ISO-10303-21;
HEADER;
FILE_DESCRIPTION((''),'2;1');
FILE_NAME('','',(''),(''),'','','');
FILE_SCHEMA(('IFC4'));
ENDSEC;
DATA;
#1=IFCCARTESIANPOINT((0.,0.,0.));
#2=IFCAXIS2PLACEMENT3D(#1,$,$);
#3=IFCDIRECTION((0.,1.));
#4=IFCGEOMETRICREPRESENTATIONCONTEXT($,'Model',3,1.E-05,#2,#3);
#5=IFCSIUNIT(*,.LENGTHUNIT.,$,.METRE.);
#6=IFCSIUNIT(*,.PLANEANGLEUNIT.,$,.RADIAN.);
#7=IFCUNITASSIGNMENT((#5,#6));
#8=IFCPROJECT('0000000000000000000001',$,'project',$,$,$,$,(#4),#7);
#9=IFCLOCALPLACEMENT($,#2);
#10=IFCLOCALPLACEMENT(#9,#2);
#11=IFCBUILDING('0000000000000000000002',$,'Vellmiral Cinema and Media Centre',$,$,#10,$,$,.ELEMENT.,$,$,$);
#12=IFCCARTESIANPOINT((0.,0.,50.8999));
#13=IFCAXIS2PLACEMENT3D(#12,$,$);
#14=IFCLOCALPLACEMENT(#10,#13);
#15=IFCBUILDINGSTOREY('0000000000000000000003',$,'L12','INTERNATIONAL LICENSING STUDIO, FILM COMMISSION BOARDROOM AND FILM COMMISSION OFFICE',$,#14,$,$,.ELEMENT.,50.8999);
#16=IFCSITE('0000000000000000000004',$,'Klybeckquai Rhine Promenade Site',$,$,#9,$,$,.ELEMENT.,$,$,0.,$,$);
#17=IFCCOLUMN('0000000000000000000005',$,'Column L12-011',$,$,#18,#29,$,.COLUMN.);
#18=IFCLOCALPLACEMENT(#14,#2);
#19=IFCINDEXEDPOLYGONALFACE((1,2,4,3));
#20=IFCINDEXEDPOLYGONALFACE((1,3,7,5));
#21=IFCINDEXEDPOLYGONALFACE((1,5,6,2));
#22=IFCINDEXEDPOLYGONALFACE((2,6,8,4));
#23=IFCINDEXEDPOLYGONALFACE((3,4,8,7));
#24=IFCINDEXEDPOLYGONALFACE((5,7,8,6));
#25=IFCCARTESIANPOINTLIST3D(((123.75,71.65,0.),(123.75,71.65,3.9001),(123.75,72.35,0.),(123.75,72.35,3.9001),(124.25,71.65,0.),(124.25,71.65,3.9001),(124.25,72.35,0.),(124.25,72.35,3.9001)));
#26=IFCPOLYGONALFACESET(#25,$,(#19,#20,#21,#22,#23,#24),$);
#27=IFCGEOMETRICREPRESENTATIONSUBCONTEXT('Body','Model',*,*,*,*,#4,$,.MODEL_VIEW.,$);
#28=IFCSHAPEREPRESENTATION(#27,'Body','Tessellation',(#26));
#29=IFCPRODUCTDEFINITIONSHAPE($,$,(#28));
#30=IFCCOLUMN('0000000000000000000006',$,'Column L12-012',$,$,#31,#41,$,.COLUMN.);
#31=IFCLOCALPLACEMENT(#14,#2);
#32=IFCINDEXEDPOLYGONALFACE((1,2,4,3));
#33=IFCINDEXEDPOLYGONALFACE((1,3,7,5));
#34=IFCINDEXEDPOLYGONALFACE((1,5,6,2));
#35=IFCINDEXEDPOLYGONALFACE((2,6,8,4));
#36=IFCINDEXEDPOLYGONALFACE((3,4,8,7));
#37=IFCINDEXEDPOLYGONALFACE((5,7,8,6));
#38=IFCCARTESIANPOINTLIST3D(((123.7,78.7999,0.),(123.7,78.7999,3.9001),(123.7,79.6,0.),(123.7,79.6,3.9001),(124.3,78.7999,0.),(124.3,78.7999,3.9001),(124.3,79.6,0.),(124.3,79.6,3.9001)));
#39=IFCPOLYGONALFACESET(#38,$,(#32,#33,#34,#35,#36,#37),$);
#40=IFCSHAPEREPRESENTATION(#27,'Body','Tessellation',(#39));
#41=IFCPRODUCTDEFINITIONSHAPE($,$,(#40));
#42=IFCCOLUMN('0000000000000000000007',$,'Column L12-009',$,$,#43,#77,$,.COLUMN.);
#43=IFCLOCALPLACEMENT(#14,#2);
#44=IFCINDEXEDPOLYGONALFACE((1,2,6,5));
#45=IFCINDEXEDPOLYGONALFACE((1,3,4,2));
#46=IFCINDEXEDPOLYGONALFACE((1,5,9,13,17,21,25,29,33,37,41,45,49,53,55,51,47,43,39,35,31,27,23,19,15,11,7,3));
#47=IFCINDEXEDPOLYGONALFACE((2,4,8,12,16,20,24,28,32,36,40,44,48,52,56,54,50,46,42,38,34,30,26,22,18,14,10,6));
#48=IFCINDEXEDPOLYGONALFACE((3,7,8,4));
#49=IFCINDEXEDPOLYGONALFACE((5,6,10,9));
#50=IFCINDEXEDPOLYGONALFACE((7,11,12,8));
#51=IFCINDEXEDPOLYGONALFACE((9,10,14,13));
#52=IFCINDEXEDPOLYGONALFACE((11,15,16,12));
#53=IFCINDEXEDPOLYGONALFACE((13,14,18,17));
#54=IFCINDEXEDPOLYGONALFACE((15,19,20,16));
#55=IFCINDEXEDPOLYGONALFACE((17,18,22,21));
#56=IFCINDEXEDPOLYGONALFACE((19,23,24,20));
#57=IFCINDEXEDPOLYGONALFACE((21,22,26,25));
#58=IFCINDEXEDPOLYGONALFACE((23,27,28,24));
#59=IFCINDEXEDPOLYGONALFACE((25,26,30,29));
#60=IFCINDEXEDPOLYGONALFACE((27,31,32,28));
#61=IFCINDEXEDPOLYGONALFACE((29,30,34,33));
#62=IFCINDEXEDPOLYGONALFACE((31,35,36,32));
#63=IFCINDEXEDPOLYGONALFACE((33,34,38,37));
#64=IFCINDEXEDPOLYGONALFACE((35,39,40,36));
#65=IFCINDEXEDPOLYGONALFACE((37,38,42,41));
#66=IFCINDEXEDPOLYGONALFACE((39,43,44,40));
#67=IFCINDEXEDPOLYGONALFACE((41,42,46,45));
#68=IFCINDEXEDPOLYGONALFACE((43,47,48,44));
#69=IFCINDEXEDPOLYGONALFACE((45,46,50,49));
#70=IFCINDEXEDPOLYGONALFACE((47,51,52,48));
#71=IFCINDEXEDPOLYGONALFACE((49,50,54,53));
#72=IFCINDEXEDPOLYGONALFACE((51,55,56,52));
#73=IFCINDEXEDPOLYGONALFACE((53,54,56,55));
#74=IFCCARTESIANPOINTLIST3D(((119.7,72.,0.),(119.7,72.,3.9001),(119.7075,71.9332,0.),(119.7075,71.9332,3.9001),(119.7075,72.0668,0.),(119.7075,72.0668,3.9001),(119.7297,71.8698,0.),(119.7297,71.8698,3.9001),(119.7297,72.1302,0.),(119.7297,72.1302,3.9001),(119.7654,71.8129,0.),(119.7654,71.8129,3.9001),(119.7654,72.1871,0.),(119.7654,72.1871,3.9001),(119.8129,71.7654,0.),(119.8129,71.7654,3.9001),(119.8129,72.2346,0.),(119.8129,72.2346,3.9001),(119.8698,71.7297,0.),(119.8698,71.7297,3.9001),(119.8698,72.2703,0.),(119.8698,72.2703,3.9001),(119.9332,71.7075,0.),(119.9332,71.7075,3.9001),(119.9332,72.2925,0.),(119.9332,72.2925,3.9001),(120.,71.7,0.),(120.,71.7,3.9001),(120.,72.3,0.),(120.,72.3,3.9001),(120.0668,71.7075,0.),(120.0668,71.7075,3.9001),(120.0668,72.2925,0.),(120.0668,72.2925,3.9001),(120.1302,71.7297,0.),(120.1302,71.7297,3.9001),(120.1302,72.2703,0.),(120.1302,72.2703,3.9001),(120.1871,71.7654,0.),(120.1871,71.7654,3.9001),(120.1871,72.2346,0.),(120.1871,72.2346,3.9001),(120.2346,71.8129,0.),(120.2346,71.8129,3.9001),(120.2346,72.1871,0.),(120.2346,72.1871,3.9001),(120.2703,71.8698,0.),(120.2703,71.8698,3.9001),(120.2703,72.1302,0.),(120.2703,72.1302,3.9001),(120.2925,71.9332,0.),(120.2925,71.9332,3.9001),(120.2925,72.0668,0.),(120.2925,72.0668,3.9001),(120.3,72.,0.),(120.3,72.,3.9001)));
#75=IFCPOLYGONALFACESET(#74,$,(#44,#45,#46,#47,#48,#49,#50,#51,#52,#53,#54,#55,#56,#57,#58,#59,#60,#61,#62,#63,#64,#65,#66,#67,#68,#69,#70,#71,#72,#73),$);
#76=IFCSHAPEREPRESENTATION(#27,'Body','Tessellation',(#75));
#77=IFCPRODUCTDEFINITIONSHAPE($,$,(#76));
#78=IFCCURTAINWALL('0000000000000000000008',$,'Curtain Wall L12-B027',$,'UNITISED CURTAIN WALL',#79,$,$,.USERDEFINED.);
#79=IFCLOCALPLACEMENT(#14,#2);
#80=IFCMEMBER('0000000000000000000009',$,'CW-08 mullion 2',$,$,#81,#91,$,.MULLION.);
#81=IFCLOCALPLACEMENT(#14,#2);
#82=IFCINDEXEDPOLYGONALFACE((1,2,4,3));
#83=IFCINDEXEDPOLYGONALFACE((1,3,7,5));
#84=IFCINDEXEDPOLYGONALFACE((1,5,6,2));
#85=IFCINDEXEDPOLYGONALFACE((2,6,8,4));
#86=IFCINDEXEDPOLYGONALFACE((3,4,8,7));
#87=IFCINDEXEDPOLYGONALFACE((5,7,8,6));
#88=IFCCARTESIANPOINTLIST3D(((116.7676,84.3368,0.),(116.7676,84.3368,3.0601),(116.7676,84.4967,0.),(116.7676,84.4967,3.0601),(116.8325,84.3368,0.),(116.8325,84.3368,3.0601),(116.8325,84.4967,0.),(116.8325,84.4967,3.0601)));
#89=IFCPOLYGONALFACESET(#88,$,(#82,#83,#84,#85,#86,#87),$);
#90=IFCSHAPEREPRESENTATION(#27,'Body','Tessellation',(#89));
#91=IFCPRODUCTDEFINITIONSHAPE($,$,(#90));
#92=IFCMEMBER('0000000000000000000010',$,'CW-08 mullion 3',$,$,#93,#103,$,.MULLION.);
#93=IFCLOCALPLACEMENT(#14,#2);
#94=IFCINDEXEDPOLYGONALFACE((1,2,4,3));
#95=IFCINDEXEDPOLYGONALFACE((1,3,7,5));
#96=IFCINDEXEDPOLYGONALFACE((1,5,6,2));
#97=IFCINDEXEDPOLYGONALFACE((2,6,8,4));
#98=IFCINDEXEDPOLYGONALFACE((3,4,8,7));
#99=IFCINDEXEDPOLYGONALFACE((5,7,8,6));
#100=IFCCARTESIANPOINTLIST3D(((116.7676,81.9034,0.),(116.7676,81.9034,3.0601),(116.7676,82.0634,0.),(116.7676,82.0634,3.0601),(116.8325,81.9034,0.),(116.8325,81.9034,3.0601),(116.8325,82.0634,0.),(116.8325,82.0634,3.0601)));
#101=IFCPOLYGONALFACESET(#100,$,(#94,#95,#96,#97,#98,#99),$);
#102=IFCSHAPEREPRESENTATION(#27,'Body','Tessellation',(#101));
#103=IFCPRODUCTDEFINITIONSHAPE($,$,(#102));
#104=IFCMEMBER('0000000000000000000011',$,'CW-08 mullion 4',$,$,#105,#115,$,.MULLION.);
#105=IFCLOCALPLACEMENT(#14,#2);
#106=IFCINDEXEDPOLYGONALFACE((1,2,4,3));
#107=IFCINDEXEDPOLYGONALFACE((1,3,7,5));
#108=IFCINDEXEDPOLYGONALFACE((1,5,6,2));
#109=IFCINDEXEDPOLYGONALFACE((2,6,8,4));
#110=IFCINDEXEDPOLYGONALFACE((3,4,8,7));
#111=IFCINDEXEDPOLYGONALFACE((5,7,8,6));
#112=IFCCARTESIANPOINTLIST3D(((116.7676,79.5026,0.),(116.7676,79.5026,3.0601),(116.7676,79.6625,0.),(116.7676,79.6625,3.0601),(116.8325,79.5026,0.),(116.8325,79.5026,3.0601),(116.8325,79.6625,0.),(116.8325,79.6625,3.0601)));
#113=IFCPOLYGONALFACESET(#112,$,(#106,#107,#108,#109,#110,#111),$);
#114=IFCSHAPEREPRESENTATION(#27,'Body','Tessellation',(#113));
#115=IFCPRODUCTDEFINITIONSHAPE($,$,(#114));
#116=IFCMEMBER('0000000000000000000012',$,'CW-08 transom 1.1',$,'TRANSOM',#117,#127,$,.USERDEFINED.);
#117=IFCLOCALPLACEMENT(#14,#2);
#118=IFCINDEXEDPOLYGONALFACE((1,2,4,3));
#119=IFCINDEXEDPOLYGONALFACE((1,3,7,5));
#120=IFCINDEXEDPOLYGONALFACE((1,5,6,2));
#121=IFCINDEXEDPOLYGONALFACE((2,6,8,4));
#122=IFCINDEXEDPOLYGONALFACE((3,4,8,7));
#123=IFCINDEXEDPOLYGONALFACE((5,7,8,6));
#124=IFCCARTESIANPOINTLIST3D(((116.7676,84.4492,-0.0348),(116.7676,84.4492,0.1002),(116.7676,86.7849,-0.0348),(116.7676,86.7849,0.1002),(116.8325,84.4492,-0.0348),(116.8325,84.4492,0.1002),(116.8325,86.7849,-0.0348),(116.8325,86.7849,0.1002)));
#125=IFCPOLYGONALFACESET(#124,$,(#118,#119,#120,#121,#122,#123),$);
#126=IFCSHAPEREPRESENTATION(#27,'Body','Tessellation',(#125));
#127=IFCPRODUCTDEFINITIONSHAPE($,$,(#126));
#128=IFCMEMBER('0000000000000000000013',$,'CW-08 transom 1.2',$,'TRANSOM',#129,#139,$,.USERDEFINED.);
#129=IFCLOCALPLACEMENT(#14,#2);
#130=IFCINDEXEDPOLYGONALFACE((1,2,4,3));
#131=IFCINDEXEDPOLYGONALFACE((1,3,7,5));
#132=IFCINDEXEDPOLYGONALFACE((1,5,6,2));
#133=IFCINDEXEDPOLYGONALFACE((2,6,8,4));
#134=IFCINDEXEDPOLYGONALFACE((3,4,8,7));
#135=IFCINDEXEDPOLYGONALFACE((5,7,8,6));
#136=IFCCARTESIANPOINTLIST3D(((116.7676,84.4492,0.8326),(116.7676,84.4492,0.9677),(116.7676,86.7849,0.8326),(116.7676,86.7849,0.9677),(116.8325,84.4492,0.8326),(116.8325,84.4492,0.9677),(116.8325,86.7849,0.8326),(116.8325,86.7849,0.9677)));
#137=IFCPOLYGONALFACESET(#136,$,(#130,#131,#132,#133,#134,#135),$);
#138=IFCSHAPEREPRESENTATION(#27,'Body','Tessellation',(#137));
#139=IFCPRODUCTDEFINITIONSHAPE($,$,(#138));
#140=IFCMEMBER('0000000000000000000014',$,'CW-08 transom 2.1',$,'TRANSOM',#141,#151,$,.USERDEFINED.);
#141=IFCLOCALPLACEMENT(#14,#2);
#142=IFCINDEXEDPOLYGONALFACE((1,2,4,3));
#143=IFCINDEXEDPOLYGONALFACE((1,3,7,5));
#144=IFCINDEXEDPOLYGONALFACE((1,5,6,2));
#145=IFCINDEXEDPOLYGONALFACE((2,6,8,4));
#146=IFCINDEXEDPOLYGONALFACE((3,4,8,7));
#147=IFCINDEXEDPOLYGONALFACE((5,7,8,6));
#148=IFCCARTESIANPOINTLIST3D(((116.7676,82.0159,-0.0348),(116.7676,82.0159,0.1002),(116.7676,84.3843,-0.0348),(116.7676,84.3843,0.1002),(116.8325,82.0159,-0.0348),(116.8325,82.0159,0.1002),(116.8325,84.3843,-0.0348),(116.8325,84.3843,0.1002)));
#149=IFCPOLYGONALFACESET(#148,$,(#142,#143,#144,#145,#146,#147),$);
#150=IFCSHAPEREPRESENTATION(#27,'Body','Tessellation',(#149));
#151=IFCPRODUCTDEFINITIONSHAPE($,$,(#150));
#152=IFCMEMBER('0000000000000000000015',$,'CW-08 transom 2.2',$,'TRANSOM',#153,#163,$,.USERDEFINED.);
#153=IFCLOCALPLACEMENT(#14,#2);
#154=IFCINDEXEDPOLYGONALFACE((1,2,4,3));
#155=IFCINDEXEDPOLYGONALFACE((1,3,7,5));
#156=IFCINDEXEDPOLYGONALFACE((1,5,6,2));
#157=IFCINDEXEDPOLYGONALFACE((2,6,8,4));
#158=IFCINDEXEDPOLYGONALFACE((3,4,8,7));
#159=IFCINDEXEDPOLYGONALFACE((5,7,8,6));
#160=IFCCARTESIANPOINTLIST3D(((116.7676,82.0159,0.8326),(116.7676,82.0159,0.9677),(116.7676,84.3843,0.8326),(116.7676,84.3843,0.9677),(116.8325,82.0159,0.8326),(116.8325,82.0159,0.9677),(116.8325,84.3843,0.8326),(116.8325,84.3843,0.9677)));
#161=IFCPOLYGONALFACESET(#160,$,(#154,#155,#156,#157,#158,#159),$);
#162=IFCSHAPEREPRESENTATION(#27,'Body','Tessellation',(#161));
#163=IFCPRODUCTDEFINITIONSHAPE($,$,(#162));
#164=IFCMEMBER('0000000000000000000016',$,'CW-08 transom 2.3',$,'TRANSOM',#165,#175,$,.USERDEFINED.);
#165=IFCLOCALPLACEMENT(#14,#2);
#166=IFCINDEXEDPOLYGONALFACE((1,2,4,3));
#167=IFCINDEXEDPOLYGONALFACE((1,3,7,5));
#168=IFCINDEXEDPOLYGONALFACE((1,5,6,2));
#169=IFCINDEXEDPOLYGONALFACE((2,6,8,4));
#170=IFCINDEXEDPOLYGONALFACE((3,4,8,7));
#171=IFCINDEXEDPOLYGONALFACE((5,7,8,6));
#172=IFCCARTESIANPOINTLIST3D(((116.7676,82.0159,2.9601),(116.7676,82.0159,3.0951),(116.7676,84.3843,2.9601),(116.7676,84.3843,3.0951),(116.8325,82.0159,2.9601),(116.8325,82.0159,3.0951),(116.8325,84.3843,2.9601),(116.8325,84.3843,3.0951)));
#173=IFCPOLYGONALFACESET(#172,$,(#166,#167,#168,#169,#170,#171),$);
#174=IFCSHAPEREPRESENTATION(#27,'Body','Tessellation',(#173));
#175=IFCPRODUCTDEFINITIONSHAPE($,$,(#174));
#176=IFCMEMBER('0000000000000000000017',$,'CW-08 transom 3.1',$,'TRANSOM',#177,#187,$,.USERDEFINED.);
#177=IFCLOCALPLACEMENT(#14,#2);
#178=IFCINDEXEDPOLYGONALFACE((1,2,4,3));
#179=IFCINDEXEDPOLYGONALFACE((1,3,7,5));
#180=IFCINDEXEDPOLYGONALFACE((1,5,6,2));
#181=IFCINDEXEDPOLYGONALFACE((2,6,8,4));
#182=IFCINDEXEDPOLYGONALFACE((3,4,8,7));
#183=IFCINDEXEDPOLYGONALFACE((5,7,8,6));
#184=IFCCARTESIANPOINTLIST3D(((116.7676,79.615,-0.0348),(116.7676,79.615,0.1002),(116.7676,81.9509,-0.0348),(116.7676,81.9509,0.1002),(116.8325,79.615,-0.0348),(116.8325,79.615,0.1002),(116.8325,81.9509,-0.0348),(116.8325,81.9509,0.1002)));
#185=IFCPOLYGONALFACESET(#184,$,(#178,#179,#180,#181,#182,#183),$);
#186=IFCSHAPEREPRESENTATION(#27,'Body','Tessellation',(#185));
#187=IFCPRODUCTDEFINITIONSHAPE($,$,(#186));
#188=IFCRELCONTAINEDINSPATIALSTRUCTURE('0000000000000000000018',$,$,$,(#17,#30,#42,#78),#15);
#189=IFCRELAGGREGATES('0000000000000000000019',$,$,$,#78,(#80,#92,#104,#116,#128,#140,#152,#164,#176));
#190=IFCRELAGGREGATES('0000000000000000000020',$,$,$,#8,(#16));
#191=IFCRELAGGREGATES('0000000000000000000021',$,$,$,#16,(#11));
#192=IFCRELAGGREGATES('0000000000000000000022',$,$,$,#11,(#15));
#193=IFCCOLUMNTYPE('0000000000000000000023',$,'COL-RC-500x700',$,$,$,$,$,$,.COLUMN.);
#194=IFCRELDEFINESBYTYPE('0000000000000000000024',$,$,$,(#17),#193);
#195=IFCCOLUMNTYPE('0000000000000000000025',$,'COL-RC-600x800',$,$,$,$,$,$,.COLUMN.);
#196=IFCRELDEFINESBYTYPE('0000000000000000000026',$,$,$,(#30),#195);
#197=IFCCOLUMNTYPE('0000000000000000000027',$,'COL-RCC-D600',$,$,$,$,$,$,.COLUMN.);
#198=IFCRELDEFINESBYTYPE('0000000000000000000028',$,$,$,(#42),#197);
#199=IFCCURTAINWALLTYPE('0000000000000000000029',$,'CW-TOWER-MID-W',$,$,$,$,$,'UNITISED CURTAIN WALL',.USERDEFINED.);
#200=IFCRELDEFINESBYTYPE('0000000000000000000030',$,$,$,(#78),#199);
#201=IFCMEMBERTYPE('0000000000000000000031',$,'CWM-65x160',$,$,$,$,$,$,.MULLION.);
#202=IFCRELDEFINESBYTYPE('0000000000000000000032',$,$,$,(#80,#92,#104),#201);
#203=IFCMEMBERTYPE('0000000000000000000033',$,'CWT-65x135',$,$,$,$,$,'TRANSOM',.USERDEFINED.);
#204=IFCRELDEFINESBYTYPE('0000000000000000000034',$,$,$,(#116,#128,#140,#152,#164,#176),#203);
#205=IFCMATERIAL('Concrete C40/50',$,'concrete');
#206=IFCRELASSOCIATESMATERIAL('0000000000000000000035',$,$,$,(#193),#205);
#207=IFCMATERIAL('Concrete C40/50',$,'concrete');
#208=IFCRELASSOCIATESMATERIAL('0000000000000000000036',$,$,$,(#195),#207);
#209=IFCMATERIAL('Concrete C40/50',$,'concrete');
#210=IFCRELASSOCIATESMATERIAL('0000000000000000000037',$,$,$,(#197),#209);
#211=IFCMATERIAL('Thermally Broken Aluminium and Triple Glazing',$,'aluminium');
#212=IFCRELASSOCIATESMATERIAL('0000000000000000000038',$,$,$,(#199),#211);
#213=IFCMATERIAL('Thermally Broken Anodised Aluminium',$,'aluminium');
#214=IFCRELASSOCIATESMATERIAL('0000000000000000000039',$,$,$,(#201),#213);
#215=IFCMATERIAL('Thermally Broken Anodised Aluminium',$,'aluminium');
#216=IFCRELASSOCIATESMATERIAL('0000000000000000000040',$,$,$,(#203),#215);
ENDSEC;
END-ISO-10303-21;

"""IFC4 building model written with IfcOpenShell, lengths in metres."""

from ifc_helpers import new_model, si_unit, direction, frame, origin, origin_2d, place, context, subcontext, project, spatial, rectangle, circle, extrude, material, material_profile, profile_set, type_object, element, aggregate, save


model = new_model("IFC4")

# Units and contexts
model_context = context("Model", 3, precision=1e-05, world=origin(), true_north=direction((0.0, 1.0)))
body_context = subcontext(model_context, "Body", "Model", "MODEL_VIEW")
ifc_project = project(units=[si_unit("LENGTHUNIT", "METRE"), si_unit("PLANEANGLEUNIT", "RADIAN")], contexts=[model_context])

# Site, building, storey
site_placement = place(None, origin())
site = spatial("IfcSite", under=ifc_project, at=site_placement, Name="Klybeckquai Rhine Promenade Site", CompositionType="ELEMENT", RefElevation=0.0)
building_placement = place(site_placement, origin())
building = spatial("IfcBuilding", under=site, at=building_placement, Name="Vellmiral Cinema and Media Centre", CompositionType="ELEMENT")
storey_placement = place(building_placement, frame((0.0, 0.0, 50.8999)))
storey = spatial("IfcBuildingStorey", under=building, at=storey_placement, Name="L12", Description="INTERNATIONAL LICENSING STUDIO, FILM COMMISSION BOARDROOM AND FILM COMMISSION OFFICE", CompositionType="ELEMENT", Elevation=50.8999)

# Columns
ifc_material_1 = material(Name="Concrete C40/50", Category="concrete")
ifc_material_profile_1 = material_profile(ifc_material_1, rectangle(XDim=0.5, YDim=0.7, at=origin_2d()), Name="RC 500x700")
ifc_profile_set_1 = profile_set([ifc_material_profile_1], Name="Concrete C40/50")
column_type_1 = type_object("IfcColumnType", Name="COL-RC-500x700", PredefinedType="COLUMN", material=ifc_profile_set_1)
column_1_placement = place(storey_placement, frame((124.0, 72.0, 0.0), z_axis=(0.0, 0.0, 1.0), x_axis=(1.0, 0.0, 0.0)))
element("IfcColumn", 1, at=column_1_placement, inside=storey, type_object=column_type_1, Name="Column L12-011", PredefinedType="COLUMN", context=body_context, shape_type="SweptSolid", body=[
    extrude(rectangle(XDim=0.5, YDim=0.7, at=origin_2d()), origin(), (0.0, 0.0, 1.0), 3.9001),
])
ifc_material_2 = material(Name="Concrete C40/50", Category="concrete")
ifc_material_profile_2 = material_profile(ifc_material_2, rectangle(XDim=0.6001, YDim=0.8, at=origin_2d()), Name="RC 600x800")
ifc_profile_set_2 = profile_set([ifc_material_profile_2], Name="Concrete C40/50")
column_type_2 = type_object("IfcColumnType", Name="COL-RC-600x800", PredefinedType="COLUMN", material=ifc_profile_set_2)
column_2_placement = place(storey_placement, frame((124.0, 79.2, 0.0), z_axis=(0.0, 0.0, 1.0), x_axis=(1.0, 0.0, 0.0)))
element("IfcColumn", 2, at=column_2_placement, inside=storey, type_object=column_type_2, Name="Column L12-012", PredefinedType="COLUMN", context=body_context, shape_type="SweptSolid", body=[
    extrude(rectangle(XDim=0.6001, YDim=0.8, at=origin_2d()), origin(), (0.0, 0.0, 1.0), 3.9001),
])
ifc_material_3 = material(Name="Concrete C40/50", Category="concrete")
ifc_material_profile_3 = material_profile(ifc_material_3, circle(Radius=0.3, at=origin_2d()), Name="RC D600")
ifc_profile_set_3 = profile_set([ifc_material_profile_3], Name="Concrete C40/50")
column_type_3 = type_object("IfcColumnType", Name="COL-RCC-D600", PredefinedType="COLUMN", material=ifc_profile_set_3)
column_3_placement = place(storey_placement, frame((120.0, 72.0, 0.0), z_axis=(0.0, 0.0, 1.0), x_axis=(1.0, 0.0, 0.0)))
element("IfcColumn", 3, at=column_3_placement, inside=storey, type_object=column_type_3, Name="Column L12-009", PredefinedType="COLUMN", context=body_context, shape_type="SweptSolid", body=[
    extrude(circle(Radius=0.3, at=origin_2d()), origin(), (0.0, 0.0, 1.0), 3.9001),
])

# Curtain wall, members
ifc_material_4 = material(Name="Thermally Broken Aluminium and Triple Glazing", Category="aluminium")
curtain_wall_type = type_object("IfcCurtainWallType", Name="CW-TOWER-MID-W", ElementType="UNITISED CURTAIN WALL", PredefinedType="USERDEFINED", material=ifc_material_4)
curtain_wall_placement = place(storey_placement, origin())
curtain_wall = element("IfcCurtainWall", 4, at=curtain_wall_placement, inside=storey, type_object=curtain_wall_type, Name="Curtain Wall L12-B027", ObjectType="UNITISED CURTAIN WALL", PredefinedType="USERDEFINED")
ifc_material_5 = material(Name="Thermally Broken Anodised Aluminium", Category="aluminium")
ifc_material_profile_4 = material_profile(ifc_material_5, rectangle(XDim=0.0649, YDim=0.1599, at=origin_2d()), Name="MULL 65x160")
ifc_profile_set_4 = profile_set([ifc_material_profile_4], Name="Thermally Broken Anodised Aluminium")
member_type_1 = type_object("IfcMemberType", Name="CWM-65x160", PredefinedType="MULLION", material=ifc_profile_set_4)
member_1_placement = place(storey_placement, frame((116.8, 84.4167, 0.0), z_axis=(0.0, 0.0, 1.0), x_axis=(1.0, 0.0, 0.0)))
member_1 = element("IfcMember", 5, at=member_1_placement, type_object=member_type_1, Name="CW-08 mullion 2", PredefinedType="MULLION", context=body_context, shape_type="SweptSolid", body=[
    extrude(rectangle(XDim=0.0649, YDim=0.1599, at=origin_2d()), origin(), (0.0, 0.0, 1.0), 3.0601),
])
member_2_placement = place(storey_placement, frame((116.8, 81.9834, 0.0), z_axis=(0.0, 0.0, 1.0), x_axis=(1.0, 0.0, 0.0)))
member_2 = element("IfcMember", 6, at=member_2_placement, type_object=member_type_1, Name="CW-08 mullion 3", PredefinedType="MULLION", context=body_context, shape_type="SweptSolid", body=[
    extrude(rectangle(XDim=0.0649, YDim=0.1599, at=origin_2d()), origin(), (0.0, 0.0, 1.0), 3.0601),
])
member_3_placement = place(storey_placement, frame((116.8, 79.5825, 0.0), z_axis=(0.0, 0.0, 1.0), x_axis=(1.0, 0.0, 0.0)))
member_3 = element("IfcMember", 7, at=member_3_placement, type_object=member_type_1, Name="CW-08 mullion 4", PredefinedType="MULLION", context=body_context, shape_type="SweptSolid", body=[
    extrude(rectangle(XDim=0.0649, YDim=0.1599, at=origin_2d()), origin(), (0.0, 0.0, 1.0), 3.0601),
])
ifc_material_6 = material(Name="Thermally Broken Anodised Aluminium", Category="aluminium")
ifc_material_profile_5 = material_profile(ifc_material_6, rectangle(XDim=0.0649, YDim=0.135, at=origin_2d()), Name="MULL 65x135")
ifc_profile_set_5 = profile_set([ifc_material_profile_5], Name="Thermally Broken Anodised Aluminium")
member_type_2 = type_object("IfcMemberType", Name="CWT-65x135", ElementType="TRANSOM", PredefinedType="USERDEFINED", material=ifc_profile_set_5)
member_4_placement = place(storey_placement, frame((116.8, 86.7849, 0.0327), z_axis=(0.0, -1.0, 0.0), x_axis=(1.0, 0.0, 0.0)))
member_4 = element("IfcMember", 8, at=member_4_placement, type_object=member_type_2, Name="CW-08 transom 1.1", ObjectType="TRANSOM", PredefinedType="USERDEFINED", context=body_context, shape_type="SweptSolid", body=[
    extrude(rectangle(XDim=0.0649, YDim=0.135, at=origin_2d()), origin(), (0.0, 0.0, 1.0), 2.3357),
])
member_5_placement = place(storey_placement, frame((116.8, 86.7849, 0.9001), z_axis=(0.0, -1.0, 0.0), x_axis=(1.0, 0.0, 0.0)))
member_5 = element("IfcMember", 9, at=member_5_placement, type_object=member_type_2, Name="CW-08 transom 1.2", ObjectType="TRANSOM", PredefinedType="USERDEFINED", context=body_context, shape_type="SweptSolid", body=[
    extrude(rectangle(XDim=0.0649, YDim=0.135, at=origin_2d()), origin(), (0.0, 0.0, 1.0), 2.3357),
])
member_6_placement = place(storey_placement, frame((116.8, 84.3843, 0.0327), z_axis=(0.0, -1.0, 0.0), x_axis=(1.0, 0.0, 0.0)))
member_6 = element("IfcMember", 10, at=member_6_placement, type_object=member_type_2, Name="CW-08 transom 2.1", ObjectType="TRANSOM", PredefinedType="USERDEFINED", context=body_context, shape_type="SweptSolid", body=[
    extrude(rectangle(XDim=0.0649, YDim=0.135, at=origin_2d()), origin(), (0.0, 0.0, 1.0), 2.3684),
])
member_7_placement = place(storey_placement, frame((116.8, 84.3843, 0.9001), z_axis=(0.0, -1.0, 0.0), x_axis=(1.0, 0.0, 0.0)))
member_7 = element("IfcMember", 11, at=member_7_placement, type_object=member_type_2, Name="CW-08 transom 2.2", ObjectType="TRANSOM", PredefinedType="USERDEFINED", context=body_context, shape_type="SweptSolid", body=[
    extrude(rectangle(XDim=0.0649, YDim=0.135, at=origin_2d()), origin(), (0.0, 0.0, 1.0), 2.3684),
])
member_8_placement = place(storey_placement, frame((116.8, 84.3843, 3.0276), z_axis=(0.0, -1.0, 0.0), x_axis=(1.0, 0.0, 0.0)))
member_8 = element("IfcMember", 12, at=member_8_placement, type_object=member_type_2, Name="CW-08 transom 2.3", ObjectType="TRANSOM", PredefinedType="USERDEFINED", context=body_context, shape_type="SweptSolid", body=[
    extrude(rectangle(XDim=0.0649, YDim=0.135, at=origin_2d()), origin(), (0.0, 0.0, 1.0), 2.3684),
])
member_9_placement = place(storey_placement, frame((116.8, 81.9509, 0.0327), z_axis=(0.0, -1.0, 0.0), x_axis=(1.0, 0.0, 0.0)))
member_9 = element("IfcMember", 13, at=member_9_placement, type_object=member_type_2, Name="CW-08 transom 3.1", ObjectType="TRANSOM", PredefinedType="USERDEFINED", context=body_context, shape_type="SweptSolid", body=[
    extrude(rectangle(XDim=0.0649, YDim=0.135, at=origin_2d()), origin(), (0.0, 0.0, 1.0), 2.3359),
])
aggregate(curtain_wall, [member_1, member_2, member_3, member_4, member_5, member_6, member_7, member_8, member_9])

save(model, "model.ifc")
